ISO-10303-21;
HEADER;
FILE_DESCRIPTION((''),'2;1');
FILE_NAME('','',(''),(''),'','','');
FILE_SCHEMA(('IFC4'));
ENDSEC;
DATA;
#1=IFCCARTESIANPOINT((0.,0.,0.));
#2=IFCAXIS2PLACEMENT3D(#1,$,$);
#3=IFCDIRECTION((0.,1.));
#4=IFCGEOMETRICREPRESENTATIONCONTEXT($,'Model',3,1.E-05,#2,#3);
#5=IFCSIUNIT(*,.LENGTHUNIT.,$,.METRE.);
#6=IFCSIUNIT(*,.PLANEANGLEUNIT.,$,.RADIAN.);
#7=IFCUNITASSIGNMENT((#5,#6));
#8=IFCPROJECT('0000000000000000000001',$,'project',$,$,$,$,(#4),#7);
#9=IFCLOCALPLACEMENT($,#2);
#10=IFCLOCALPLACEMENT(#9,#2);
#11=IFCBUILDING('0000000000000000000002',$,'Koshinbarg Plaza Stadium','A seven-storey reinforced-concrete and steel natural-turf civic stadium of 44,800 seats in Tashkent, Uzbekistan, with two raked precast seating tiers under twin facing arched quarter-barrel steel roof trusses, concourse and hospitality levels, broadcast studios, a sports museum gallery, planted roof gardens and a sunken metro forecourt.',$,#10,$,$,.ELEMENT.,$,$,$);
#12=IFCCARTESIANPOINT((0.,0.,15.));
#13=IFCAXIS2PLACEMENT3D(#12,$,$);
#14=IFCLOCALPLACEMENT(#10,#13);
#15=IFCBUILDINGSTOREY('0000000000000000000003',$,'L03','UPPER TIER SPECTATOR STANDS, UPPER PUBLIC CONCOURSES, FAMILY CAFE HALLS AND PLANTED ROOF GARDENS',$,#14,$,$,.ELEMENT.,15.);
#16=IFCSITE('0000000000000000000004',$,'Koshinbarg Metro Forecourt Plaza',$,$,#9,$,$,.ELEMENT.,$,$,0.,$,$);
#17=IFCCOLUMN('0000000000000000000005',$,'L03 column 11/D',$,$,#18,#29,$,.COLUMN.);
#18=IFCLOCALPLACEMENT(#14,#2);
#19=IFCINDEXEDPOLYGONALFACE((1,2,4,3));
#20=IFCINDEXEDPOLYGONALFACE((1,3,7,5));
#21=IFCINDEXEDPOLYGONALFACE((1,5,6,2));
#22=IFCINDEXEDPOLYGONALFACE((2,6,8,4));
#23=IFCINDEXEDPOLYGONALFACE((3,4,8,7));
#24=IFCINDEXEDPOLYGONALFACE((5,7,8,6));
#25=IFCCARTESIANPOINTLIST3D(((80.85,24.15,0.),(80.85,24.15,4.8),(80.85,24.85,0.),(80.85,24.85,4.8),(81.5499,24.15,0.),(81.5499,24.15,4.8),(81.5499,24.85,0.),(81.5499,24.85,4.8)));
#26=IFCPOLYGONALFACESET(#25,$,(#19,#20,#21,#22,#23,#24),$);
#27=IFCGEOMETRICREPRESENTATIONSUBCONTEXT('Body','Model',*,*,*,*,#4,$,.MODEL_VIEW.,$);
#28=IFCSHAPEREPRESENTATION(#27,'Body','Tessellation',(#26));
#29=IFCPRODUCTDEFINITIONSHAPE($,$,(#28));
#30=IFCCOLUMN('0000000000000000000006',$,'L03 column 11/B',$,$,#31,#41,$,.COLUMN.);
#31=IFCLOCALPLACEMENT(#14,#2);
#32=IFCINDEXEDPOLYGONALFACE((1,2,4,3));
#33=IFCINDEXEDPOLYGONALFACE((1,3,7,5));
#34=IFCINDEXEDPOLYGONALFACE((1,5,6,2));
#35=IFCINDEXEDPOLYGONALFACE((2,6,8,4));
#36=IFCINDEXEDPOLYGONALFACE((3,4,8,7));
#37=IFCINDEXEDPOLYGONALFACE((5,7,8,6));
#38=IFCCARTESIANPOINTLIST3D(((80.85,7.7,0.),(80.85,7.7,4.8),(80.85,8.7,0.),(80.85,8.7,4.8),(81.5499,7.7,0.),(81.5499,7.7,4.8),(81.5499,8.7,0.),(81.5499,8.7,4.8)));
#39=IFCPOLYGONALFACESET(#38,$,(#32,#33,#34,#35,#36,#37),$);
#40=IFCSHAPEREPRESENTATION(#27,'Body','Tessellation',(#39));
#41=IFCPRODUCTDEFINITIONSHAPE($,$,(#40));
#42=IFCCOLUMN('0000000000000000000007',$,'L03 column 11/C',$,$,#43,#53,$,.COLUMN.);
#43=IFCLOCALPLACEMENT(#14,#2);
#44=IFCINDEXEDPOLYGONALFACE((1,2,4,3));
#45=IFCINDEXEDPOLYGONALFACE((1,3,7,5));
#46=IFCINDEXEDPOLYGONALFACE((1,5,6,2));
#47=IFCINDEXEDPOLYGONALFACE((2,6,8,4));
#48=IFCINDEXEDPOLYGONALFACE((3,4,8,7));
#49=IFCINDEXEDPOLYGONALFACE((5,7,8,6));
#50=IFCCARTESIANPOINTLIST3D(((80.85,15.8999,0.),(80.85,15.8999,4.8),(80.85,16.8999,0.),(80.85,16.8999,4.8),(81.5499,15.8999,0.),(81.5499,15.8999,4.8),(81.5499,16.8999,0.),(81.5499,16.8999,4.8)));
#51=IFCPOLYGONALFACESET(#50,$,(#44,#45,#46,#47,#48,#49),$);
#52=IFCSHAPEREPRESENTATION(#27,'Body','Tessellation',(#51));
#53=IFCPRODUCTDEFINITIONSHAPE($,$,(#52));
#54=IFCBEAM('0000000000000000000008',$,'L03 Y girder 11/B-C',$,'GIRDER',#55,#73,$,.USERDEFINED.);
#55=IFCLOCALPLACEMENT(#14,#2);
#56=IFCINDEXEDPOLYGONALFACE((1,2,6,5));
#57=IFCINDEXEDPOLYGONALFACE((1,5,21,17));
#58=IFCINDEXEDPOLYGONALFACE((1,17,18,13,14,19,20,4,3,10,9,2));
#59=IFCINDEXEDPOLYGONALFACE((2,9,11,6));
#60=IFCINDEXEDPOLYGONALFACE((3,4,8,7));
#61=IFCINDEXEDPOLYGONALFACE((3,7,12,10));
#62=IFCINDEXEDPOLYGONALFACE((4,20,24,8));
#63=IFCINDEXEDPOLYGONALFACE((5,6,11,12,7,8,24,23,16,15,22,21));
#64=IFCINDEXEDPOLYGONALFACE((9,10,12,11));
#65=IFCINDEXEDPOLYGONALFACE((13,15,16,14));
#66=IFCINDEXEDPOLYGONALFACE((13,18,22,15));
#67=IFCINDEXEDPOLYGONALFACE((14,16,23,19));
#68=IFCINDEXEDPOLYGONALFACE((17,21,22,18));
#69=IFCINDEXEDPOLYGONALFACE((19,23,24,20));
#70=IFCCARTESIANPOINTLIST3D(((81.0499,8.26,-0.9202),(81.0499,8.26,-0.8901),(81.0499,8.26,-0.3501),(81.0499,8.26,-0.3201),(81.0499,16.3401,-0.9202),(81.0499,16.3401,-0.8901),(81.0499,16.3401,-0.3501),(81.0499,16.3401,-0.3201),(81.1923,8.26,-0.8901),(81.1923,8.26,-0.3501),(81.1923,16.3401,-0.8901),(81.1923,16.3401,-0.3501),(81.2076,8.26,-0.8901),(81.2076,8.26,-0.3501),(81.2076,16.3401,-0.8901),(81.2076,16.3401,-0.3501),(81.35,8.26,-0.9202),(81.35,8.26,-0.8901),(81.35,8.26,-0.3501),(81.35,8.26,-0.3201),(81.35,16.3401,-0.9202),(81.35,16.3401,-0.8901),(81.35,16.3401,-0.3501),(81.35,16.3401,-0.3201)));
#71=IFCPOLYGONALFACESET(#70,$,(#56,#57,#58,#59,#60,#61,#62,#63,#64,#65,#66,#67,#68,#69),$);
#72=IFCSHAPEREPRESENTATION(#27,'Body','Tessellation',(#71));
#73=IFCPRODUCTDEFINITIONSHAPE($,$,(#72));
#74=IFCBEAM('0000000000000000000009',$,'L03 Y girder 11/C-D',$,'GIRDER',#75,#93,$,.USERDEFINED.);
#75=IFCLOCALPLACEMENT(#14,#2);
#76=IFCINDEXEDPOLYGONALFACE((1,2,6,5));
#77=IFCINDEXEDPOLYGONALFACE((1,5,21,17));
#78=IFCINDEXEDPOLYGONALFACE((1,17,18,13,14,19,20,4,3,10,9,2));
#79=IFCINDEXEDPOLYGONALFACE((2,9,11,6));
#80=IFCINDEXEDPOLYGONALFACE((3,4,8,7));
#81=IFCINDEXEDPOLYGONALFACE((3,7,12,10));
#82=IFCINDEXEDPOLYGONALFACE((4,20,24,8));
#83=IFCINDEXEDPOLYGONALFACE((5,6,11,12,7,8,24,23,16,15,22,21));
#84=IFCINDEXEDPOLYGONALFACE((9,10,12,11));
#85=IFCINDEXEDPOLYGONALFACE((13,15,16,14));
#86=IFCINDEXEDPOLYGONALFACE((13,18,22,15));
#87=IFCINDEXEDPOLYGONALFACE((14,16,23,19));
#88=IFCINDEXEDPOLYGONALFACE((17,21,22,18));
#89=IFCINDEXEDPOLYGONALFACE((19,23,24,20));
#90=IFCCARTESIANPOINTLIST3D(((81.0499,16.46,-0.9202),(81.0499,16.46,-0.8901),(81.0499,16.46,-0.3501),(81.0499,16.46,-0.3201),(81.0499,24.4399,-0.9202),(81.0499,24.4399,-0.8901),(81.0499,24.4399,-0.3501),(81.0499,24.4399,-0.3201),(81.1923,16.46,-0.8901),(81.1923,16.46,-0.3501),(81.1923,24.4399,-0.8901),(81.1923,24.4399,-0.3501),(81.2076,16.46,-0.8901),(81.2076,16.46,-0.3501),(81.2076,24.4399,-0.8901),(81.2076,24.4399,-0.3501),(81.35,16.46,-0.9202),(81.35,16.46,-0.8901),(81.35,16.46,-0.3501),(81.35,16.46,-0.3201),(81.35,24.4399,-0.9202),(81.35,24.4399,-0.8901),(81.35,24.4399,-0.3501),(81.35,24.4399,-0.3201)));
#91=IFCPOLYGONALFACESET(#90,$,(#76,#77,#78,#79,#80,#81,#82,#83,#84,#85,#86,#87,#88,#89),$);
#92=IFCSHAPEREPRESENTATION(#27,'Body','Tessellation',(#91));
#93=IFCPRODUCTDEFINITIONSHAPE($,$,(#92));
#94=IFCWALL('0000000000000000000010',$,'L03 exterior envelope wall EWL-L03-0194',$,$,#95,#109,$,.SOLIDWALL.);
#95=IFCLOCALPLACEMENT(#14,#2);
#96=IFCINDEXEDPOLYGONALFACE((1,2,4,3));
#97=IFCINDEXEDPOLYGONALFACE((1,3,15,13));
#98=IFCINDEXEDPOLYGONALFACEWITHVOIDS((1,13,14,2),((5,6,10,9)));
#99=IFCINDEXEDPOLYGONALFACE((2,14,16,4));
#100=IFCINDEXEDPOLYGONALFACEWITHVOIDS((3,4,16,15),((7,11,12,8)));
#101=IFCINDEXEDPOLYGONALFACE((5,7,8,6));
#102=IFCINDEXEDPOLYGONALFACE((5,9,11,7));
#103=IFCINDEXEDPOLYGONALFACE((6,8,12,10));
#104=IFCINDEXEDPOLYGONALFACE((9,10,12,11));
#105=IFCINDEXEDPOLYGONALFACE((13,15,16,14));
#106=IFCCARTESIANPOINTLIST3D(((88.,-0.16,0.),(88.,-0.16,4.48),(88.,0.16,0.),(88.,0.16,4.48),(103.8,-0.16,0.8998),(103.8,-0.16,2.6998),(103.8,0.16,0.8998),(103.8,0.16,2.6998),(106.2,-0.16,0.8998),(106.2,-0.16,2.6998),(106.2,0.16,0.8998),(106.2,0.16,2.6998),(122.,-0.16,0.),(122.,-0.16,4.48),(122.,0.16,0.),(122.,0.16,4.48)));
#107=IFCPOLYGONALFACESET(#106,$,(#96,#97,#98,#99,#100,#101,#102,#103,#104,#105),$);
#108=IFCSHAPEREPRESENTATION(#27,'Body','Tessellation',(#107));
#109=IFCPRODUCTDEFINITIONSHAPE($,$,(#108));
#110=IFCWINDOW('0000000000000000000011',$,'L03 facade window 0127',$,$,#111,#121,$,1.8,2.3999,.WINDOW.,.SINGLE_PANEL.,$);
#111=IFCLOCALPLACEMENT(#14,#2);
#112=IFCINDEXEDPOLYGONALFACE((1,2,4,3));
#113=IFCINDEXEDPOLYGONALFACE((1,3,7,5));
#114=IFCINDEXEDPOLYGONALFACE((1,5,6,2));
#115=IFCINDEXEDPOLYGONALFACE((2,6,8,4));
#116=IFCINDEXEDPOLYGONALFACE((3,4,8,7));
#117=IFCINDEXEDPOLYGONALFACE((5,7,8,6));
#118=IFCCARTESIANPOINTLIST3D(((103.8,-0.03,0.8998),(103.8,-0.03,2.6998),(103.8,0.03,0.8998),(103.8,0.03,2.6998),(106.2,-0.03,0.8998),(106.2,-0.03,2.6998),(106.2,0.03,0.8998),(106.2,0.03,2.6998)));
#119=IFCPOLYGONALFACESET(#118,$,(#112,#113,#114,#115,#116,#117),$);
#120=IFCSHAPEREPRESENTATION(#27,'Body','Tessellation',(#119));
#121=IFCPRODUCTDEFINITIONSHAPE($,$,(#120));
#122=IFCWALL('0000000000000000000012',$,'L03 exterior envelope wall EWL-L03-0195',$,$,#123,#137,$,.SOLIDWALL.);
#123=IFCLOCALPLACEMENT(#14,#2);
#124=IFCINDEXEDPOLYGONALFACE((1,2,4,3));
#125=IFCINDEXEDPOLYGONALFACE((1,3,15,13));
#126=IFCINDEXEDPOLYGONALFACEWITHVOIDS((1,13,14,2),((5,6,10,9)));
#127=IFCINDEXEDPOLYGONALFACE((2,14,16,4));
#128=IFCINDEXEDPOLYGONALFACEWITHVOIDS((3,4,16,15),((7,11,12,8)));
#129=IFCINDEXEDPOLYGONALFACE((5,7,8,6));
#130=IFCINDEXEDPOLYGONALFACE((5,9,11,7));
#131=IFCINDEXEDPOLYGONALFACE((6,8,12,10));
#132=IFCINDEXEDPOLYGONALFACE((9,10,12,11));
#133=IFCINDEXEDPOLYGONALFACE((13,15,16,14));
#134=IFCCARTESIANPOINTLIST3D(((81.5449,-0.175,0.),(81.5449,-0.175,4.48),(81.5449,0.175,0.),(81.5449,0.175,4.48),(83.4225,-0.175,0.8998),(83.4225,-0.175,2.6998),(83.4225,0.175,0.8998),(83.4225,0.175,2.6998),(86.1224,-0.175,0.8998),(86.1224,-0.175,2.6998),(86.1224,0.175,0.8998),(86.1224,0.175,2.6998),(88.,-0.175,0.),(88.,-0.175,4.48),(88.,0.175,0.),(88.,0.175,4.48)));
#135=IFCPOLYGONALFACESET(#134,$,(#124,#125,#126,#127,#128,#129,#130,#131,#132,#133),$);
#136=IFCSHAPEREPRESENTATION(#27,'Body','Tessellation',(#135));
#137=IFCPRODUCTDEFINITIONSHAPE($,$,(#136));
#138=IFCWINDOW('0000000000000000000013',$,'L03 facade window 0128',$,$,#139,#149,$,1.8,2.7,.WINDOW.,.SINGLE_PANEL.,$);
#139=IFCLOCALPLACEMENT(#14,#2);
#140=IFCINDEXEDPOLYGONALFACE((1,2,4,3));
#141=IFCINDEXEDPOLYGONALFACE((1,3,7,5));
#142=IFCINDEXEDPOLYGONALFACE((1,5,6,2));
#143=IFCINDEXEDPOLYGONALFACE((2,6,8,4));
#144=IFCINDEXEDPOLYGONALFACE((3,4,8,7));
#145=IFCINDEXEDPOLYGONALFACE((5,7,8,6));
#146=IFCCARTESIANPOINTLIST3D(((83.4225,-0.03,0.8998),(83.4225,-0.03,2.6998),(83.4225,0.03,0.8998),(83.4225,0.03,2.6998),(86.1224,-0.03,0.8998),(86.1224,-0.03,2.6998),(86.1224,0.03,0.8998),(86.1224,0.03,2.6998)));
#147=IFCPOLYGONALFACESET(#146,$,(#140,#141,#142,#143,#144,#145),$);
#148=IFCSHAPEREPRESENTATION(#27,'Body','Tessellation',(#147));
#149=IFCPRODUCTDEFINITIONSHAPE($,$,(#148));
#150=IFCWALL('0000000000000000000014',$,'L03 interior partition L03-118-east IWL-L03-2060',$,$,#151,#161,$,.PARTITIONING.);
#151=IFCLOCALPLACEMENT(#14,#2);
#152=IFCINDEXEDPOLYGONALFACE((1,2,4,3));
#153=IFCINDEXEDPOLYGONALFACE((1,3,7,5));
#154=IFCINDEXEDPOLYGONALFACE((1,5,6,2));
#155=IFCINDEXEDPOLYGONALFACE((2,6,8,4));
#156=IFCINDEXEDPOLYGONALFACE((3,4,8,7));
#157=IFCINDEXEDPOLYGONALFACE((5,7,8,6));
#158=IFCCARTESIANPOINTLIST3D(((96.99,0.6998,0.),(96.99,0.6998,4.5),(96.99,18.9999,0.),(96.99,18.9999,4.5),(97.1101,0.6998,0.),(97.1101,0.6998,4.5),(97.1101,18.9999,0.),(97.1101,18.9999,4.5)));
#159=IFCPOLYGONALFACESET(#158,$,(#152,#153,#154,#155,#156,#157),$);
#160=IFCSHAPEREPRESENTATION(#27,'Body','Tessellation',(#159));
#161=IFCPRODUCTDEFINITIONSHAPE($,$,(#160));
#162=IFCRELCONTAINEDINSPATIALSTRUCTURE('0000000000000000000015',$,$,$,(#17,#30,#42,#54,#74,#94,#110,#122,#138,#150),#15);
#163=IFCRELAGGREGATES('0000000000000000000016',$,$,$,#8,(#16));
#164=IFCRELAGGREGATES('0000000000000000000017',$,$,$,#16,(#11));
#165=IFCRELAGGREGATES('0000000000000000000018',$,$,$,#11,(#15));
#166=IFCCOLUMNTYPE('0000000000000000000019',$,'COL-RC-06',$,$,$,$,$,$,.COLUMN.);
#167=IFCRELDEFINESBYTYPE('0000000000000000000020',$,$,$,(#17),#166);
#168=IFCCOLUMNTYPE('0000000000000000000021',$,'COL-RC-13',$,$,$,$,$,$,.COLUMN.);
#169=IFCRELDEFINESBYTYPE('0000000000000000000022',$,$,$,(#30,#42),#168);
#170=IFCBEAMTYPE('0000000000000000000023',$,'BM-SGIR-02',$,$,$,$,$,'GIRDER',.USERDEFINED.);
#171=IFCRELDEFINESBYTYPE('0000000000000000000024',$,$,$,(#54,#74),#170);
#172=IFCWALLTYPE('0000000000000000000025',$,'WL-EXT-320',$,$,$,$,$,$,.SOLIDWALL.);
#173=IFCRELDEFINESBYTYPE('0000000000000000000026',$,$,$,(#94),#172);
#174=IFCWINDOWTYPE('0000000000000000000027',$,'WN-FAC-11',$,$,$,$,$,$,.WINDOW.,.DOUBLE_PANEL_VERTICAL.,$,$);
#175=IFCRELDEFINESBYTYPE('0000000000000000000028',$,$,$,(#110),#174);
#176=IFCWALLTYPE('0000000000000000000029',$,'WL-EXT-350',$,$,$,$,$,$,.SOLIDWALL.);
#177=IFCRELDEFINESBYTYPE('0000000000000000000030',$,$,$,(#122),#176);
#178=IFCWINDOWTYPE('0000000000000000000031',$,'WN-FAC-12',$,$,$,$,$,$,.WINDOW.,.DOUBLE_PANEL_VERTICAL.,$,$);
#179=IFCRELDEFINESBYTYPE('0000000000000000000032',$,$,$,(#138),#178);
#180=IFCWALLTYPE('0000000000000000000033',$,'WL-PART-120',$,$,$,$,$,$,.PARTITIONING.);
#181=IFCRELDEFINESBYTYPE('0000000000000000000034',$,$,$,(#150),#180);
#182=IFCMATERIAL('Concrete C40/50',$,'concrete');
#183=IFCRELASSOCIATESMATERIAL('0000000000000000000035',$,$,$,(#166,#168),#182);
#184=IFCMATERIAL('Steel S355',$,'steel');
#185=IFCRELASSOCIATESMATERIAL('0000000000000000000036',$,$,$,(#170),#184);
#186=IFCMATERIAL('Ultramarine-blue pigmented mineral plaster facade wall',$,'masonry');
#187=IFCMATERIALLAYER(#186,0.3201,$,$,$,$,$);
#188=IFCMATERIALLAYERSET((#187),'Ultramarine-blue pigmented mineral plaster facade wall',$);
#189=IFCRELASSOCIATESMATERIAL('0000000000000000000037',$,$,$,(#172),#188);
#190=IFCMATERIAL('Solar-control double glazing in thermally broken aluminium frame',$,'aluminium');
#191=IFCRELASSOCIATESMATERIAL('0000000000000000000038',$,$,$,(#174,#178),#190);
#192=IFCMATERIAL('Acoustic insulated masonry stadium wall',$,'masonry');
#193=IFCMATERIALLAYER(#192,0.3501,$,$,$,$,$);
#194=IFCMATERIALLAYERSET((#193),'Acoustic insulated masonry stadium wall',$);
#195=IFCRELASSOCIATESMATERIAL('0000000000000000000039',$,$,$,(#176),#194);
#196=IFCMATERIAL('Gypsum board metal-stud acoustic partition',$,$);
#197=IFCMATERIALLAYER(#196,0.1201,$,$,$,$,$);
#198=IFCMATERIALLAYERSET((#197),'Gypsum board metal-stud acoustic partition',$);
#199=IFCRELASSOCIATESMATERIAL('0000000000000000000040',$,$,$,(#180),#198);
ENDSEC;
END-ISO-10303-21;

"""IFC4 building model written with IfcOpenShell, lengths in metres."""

from ifc_helpers import new_model, si_unit, direction, frame, frame_2d, origin, origin_2d, place, context, subcontext, project, spatial, rectangle, i_section, extrude, material, layer, layer_set, material_profile, profile_set, type_object, element, fill, save


model = new_model("IFC4")

# Units and contexts
model_context = context("Model", 3, precision=1e-05, world=origin(), true_north=direction((0.0, 1.0)))
body_context = subcontext(model_context, "Body", "Model", "MODEL_VIEW")
ifc_project = project(units=[si_unit("LENGTHUNIT", "METRE"), si_unit("PLANEANGLEUNIT", "RADIAN")], contexts=[model_context])

# Site, building, storey
site_placement = place(None, origin())
site = spatial("IfcSite", under=ifc_project, at=site_placement, Name="Koshinbarg Metro Forecourt Plaza", CompositionType="ELEMENT", RefElevation=0.0)
building_placement = place(site_placement, origin())
building = spatial("IfcBuilding", under=site, at=building_placement, Name="Koshinbarg Plaza Stadium", Description="A seven-storey reinforced-concrete and steel natural-turf civic stadium of 44,800 seats in Tashkent, Uzbekistan, with two raked precast seating tiers under twin facing arched quarter-barrel steel roof trusses, concourse and hospitality levels, broadcast studios, a sports museum gallery, planted roof gardens and a sunken metro forecourt.", CompositionType="ELEMENT")
storey_placement = place(building_placement, frame((0.0, 0.0, 15.0)))
storey = spatial("IfcBuildingStorey", under=building, at=storey_placement, Name="L03", Description="UPPER TIER SPECTATOR STANDS, UPPER PUBLIC CONCOURSES, FAMILY CAFE HALLS AND PLANTED ROOF GARDENS", CompositionType="ELEMENT", Elevation=15.0)

# Columns
ifc_material_1 = material(Name="Concrete C40/50", Category="concrete")
ifc_material_profile_1 = material_profile(ifc_material_1, rectangle(XDim=0.7, YDim=0.7, at=origin_2d()), Name="RC 700x700")
ifc_profile_set_1 = profile_set([ifc_material_profile_1], Name="Concrete C40/50")
column_type_1 = type_object("IfcColumnType", Name="COL-RC-06", PredefinedType="COLUMN", material=ifc_profile_set_1)
column_placement = place(storey_placement, frame((81.2, 24.5, 0.0), z_axis=(0.0, 0.0, 1.0), x_axis=(1.0, 0.0, 0.0)))
element("IfcColumn", 1, at=column_placement, inside=storey, type_object=column_type_1, Name="L03 column 11/D", PredefinedType="COLUMN", context=body_context, shape_type="SweptSolid", body=[
    extrude(rectangle(XDim=0.7, YDim=0.7, at=origin_2d()), origin(), (0.0, 0.0, 1.0), 4.8),
])
ifc_material_profile_2 = material_profile(ifc_material_1, rectangle(XDim=0.7, YDim=1.0, at=origin_2d()), Name="RC 700x1000")
ifc_profile_set_2 = profile_set([ifc_material_profile_2], Name="Concrete C40/50")
column_type_2 = type_object("IfcColumnType", Name="COL-RC-13", PredefinedType="COLUMN", material=ifc_profile_set_2)
for number, where, z_axis, x_axis, name in (
    (2, (81.2, 8.2, 0.0), (0.0, 0.0, 1.0), (1.0, 0.0, 0.0), "L03 column 11/B"),
    (3, (81.2, 16.3999, 0.0), (0.0, 0.0, 1.0), (1.0, 0.0, 0.0), "L03 column 11/C"),
):
    element("IfcColumn", number, at=place(storey_placement, frame(where, z_axis=z_axis, x_axis=x_axis)), inside=storey, type_object=column_type_2, Name=name, PredefinedType="COLUMN", context=body_context, shape_type="SweptSolid", body=[
        extrude(rectangle(XDim=0.7, YDim=1.0, at=origin_2d()), origin(), (0.0, 0.0, 1.0), 4.8),
    ])

# Beams
ifc_material_2 = material(Name="Steel S355", Category="steel")
ifc_material_profile_3 = material_profile(ifc_material_2, i_section(OverallWidth=0.3, OverallDepth=0.6001, WebThickness=0.0154, FlangeThickness=0.03, at=origin_2d()), Name="HEB 600")
ifc_profile_set_3 = profile_set([ifc_material_profile_3], Name="Steel S355")
beam_type = type_object("IfcBeamType", Name="BM-SGIR-02", ElementType="GIRDER", PredefinedType="USERDEFINED", material=ifc_profile_set_3)
beam_1_placement = place(storey_placement, frame((81.2, 8.26, -0.6201), z_axis=(0.0, 1.0, 0.0), x_axis=(-1.0, 0.0, 0.0)))
element("IfcBeam", 4, at=beam_1_placement, inside=storey, type_object=beam_type, Name="L03 Y girder 11/B-C", ObjectType="GIRDER", PredefinedType="USERDEFINED", context=body_context, shape_type="SweptSolid", body=[
    extrude(i_section(OverallWidth=0.3, OverallDepth=0.6001, WebThickness=0.0154, FlangeThickness=0.03, at=origin_2d()), origin(), (0.0, 0.0, 1.0), 8.0801),
])
beam_2_placement = place(storey_placement, frame((81.2, 16.46, -0.6201), z_axis=(0.0, 1.0, 0.0), x_axis=(-1.0, 0.0, 0.0)))
element("IfcBeam", 5, at=beam_2_placement, inside=storey, type_object=beam_type, Name="L03 Y girder 11/C-D", ObjectType="GIRDER", PredefinedType="USERDEFINED", context=body_context, shape_type="SweptSolid", body=[
    extrude(i_section(OverallWidth=0.3, OverallDepth=0.6001, WebThickness=0.0154, FlangeThickness=0.03, at=origin_2d()), origin(), (0.0, 0.0, 1.0), 7.98),
])

# Walls, openings, windows
ifc_material_3 = material(Name="Ultramarine-blue pigmented mineral plaster facade wall", Category="masonry")
ifc_layer_1 = layer(ifc_material_3, 0.3201)
ifc_layer_set_1 = layer_set([ifc_layer_1], Name="Ultramarine-blue pigmented mineral plaster facade wall")
wall_type_1 = type_object("IfcWallType", Name="WL-EXT-320", PredefinedType="SOLIDWALL", material=ifc_layer_set_1)
wall_1_placement = place(storey_placement, frame((122.0, 0.0, 0.0), z_axis=(0.0, 0.0, 1.0), x_axis=(-1.0, 0.0, 0.0)))
wall_1 = element("IfcWall", 6, at=wall_1_placement, inside=storey, type_object=wall_type_1, Name="L03 exterior envelope wall EWL-L03-0194", PredefinedType="SOLIDWALL", context=body_context, shape_type="SweptSolid", body=[
    extrude(rectangle(XDim=34.0, YDim=0.3201, at=frame_2d((17.0, 0.0))), origin(), (0.0, 0.0, 1.0), 4.48),
])
opening_1_placement = place(wall_1_placement, frame((15.8, 0.0, 0.8999)))
opening_1 = element("IfcOpeningElement", 7, at=opening_1_placement, cuts=wall_1, PredefinedType="OPENING", context=body_context, shape_type="SweptSolid", body=[
    extrude(rectangle(XDim=2.3999, YDim=1.8, at=frame_2d((1.2, 0.8999))), frame((0.0, 0.1699, 0.0), z_axis=(0.0, -1.0, 0.0), x_axis=(1.0, 0.0, 0.0)), (0.0, 0.0, 1.0), 0.3401),
])
ifc_material_4 = material(Name="Solar-control double glazing in thermally broken aluminium frame", Category="aluminium")
window_type_1 = type_object("IfcWindowType", Name="WN-FAC-11", PartitioningType="DOUBLE_PANEL_VERTICAL", PredefinedType="WINDOW", material=ifc_material_4)
window_1_placement = place(opening_1_placement, origin())
window_1 = element("IfcWindow", 8, at=window_1_placement, inside=storey, type_object=window_type_1, Name="L03 facade window 0127", OverallHeight=1.8, OverallWidth=2.3999, PartitioningType="SINGLE_PANEL", PredefinedType="WINDOW", context=body_context, shape_type="SweptSolid", body=[
    extrude(rectangle(XDim=2.3999, YDim=1.8, at=frame_2d((1.2, 0.8999))), frame((0.0, 0.03, 0.0), z_axis=(0.0, -1.0, 0.0), x_axis=(1.0, 0.0, 0.0)), (0.0, 0.0, 1.0), 0.0601),
])
fill(opening_1, window_1)
ifc_material_5 = material(Name="Acoustic insulated masonry stadium wall", Category="masonry")
ifc_layer_2 = layer(ifc_material_5, 0.3501)
ifc_layer_set_2 = layer_set([ifc_layer_2], Name="Acoustic insulated masonry stadium wall")
wall_type_2 = type_object("IfcWallType", Name="WL-EXT-350", PredefinedType="SOLIDWALL", material=ifc_layer_set_2)
wall_2_placement = place(storey_placement, frame((88.0, 0.0, 0.0), z_axis=(0.0, 0.0, 1.0), x_axis=(-1.0, 0.0, 0.0)))
wall_2 = element("IfcWall", 9, at=wall_2_placement, inside=storey, type_object=wall_type_2, Name="L03 exterior envelope wall EWL-L03-0195", PredefinedType="SOLIDWALL", context=body_context, shape_type="SweptSolid", body=[
    extrude(rectangle(XDim=6.4551, YDim=0.3501, at=frame_2d((3.2275, 0.0))), origin(), (0.0, 0.0, 1.0), 4.48),
])
opening_2_placement = place(wall_2_placement, frame((1.8774, 0.0, 0.8999)))
opening_2 = element("IfcOpeningElement", 10, at=opening_2_placement, cuts=wall_2, PredefinedType="OPENING", context=body_context, shape_type="SweptSolid", body=[
    extrude(rectangle(XDim=2.7, YDim=1.8, at=frame_2d((1.3501, 0.8999))), frame((0.0, 0.1851, 0.0), z_axis=(0.0, -1.0, 0.0), x_axis=(1.0, 0.0, 0.0)), (0.0, 0.0, 1.0), 0.3701),
])
window_type_2 = type_object("IfcWindowType", Name="WN-FAC-12", PartitioningType="DOUBLE_PANEL_VERTICAL", PredefinedType="WINDOW", material=ifc_material_4)
window_2_placement = place(opening_2_placement, origin())
window_2 = element("IfcWindow", 11, at=window_2_placement, inside=storey, type_object=window_type_2, Name="L03 facade window 0128", OverallHeight=1.8, OverallWidth=2.7, PartitioningType="SINGLE_PANEL", PredefinedType="WINDOW", context=body_context, shape_type="SweptSolid", body=[
    extrude(rectangle(XDim=2.7, YDim=1.8, at=frame_2d((1.3501, 0.8999))), frame((0.0, 0.03, 0.0), z_axis=(0.0, -1.0, 0.0), x_axis=(1.0, 0.0, 0.0)), (0.0, 0.0, 1.0), 0.0601),
])
fill(opening_2, window_2)

# Wall
ifc_material_6 = material(Name="Gypsum board metal-stud acoustic partition")
ifc_layer_3 = layer(ifc_material_6, 0.1201)
ifc_layer_set_3 = layer_set([ifc_layer_3], Name="Gypsum board metal-stud acoustic partition")
wall_type_3 = type_object("IfcWallType", Name="WL-PART-120", PredefinedType="PARTITIONING", material=ifc_layer_set_3)
wall_3_placement = place(storey_placement, frame((97.05, 0.7, 0.0), z_axis=(0.0, 0.0, 1.0), x_axis=(0.0, 1.0, 0.0)))
element("IfcWall", 12, at=wall_3_placement, inside=storey, type_object=wall_type_3, Name="L03 interior partition L03-118-east IWL-L03-2060", PredefinedType="PARTITIONING", context=body_context, shape_type="SweptSolid", body=[
    extrude(rectangle(XDim=18.3, YDim=0.1201, at=frame_2d((9.1499, 0.0))), origin(), (0.0, 0.0, 1.0), 4.5),
])

save(model, "model.ifc")
